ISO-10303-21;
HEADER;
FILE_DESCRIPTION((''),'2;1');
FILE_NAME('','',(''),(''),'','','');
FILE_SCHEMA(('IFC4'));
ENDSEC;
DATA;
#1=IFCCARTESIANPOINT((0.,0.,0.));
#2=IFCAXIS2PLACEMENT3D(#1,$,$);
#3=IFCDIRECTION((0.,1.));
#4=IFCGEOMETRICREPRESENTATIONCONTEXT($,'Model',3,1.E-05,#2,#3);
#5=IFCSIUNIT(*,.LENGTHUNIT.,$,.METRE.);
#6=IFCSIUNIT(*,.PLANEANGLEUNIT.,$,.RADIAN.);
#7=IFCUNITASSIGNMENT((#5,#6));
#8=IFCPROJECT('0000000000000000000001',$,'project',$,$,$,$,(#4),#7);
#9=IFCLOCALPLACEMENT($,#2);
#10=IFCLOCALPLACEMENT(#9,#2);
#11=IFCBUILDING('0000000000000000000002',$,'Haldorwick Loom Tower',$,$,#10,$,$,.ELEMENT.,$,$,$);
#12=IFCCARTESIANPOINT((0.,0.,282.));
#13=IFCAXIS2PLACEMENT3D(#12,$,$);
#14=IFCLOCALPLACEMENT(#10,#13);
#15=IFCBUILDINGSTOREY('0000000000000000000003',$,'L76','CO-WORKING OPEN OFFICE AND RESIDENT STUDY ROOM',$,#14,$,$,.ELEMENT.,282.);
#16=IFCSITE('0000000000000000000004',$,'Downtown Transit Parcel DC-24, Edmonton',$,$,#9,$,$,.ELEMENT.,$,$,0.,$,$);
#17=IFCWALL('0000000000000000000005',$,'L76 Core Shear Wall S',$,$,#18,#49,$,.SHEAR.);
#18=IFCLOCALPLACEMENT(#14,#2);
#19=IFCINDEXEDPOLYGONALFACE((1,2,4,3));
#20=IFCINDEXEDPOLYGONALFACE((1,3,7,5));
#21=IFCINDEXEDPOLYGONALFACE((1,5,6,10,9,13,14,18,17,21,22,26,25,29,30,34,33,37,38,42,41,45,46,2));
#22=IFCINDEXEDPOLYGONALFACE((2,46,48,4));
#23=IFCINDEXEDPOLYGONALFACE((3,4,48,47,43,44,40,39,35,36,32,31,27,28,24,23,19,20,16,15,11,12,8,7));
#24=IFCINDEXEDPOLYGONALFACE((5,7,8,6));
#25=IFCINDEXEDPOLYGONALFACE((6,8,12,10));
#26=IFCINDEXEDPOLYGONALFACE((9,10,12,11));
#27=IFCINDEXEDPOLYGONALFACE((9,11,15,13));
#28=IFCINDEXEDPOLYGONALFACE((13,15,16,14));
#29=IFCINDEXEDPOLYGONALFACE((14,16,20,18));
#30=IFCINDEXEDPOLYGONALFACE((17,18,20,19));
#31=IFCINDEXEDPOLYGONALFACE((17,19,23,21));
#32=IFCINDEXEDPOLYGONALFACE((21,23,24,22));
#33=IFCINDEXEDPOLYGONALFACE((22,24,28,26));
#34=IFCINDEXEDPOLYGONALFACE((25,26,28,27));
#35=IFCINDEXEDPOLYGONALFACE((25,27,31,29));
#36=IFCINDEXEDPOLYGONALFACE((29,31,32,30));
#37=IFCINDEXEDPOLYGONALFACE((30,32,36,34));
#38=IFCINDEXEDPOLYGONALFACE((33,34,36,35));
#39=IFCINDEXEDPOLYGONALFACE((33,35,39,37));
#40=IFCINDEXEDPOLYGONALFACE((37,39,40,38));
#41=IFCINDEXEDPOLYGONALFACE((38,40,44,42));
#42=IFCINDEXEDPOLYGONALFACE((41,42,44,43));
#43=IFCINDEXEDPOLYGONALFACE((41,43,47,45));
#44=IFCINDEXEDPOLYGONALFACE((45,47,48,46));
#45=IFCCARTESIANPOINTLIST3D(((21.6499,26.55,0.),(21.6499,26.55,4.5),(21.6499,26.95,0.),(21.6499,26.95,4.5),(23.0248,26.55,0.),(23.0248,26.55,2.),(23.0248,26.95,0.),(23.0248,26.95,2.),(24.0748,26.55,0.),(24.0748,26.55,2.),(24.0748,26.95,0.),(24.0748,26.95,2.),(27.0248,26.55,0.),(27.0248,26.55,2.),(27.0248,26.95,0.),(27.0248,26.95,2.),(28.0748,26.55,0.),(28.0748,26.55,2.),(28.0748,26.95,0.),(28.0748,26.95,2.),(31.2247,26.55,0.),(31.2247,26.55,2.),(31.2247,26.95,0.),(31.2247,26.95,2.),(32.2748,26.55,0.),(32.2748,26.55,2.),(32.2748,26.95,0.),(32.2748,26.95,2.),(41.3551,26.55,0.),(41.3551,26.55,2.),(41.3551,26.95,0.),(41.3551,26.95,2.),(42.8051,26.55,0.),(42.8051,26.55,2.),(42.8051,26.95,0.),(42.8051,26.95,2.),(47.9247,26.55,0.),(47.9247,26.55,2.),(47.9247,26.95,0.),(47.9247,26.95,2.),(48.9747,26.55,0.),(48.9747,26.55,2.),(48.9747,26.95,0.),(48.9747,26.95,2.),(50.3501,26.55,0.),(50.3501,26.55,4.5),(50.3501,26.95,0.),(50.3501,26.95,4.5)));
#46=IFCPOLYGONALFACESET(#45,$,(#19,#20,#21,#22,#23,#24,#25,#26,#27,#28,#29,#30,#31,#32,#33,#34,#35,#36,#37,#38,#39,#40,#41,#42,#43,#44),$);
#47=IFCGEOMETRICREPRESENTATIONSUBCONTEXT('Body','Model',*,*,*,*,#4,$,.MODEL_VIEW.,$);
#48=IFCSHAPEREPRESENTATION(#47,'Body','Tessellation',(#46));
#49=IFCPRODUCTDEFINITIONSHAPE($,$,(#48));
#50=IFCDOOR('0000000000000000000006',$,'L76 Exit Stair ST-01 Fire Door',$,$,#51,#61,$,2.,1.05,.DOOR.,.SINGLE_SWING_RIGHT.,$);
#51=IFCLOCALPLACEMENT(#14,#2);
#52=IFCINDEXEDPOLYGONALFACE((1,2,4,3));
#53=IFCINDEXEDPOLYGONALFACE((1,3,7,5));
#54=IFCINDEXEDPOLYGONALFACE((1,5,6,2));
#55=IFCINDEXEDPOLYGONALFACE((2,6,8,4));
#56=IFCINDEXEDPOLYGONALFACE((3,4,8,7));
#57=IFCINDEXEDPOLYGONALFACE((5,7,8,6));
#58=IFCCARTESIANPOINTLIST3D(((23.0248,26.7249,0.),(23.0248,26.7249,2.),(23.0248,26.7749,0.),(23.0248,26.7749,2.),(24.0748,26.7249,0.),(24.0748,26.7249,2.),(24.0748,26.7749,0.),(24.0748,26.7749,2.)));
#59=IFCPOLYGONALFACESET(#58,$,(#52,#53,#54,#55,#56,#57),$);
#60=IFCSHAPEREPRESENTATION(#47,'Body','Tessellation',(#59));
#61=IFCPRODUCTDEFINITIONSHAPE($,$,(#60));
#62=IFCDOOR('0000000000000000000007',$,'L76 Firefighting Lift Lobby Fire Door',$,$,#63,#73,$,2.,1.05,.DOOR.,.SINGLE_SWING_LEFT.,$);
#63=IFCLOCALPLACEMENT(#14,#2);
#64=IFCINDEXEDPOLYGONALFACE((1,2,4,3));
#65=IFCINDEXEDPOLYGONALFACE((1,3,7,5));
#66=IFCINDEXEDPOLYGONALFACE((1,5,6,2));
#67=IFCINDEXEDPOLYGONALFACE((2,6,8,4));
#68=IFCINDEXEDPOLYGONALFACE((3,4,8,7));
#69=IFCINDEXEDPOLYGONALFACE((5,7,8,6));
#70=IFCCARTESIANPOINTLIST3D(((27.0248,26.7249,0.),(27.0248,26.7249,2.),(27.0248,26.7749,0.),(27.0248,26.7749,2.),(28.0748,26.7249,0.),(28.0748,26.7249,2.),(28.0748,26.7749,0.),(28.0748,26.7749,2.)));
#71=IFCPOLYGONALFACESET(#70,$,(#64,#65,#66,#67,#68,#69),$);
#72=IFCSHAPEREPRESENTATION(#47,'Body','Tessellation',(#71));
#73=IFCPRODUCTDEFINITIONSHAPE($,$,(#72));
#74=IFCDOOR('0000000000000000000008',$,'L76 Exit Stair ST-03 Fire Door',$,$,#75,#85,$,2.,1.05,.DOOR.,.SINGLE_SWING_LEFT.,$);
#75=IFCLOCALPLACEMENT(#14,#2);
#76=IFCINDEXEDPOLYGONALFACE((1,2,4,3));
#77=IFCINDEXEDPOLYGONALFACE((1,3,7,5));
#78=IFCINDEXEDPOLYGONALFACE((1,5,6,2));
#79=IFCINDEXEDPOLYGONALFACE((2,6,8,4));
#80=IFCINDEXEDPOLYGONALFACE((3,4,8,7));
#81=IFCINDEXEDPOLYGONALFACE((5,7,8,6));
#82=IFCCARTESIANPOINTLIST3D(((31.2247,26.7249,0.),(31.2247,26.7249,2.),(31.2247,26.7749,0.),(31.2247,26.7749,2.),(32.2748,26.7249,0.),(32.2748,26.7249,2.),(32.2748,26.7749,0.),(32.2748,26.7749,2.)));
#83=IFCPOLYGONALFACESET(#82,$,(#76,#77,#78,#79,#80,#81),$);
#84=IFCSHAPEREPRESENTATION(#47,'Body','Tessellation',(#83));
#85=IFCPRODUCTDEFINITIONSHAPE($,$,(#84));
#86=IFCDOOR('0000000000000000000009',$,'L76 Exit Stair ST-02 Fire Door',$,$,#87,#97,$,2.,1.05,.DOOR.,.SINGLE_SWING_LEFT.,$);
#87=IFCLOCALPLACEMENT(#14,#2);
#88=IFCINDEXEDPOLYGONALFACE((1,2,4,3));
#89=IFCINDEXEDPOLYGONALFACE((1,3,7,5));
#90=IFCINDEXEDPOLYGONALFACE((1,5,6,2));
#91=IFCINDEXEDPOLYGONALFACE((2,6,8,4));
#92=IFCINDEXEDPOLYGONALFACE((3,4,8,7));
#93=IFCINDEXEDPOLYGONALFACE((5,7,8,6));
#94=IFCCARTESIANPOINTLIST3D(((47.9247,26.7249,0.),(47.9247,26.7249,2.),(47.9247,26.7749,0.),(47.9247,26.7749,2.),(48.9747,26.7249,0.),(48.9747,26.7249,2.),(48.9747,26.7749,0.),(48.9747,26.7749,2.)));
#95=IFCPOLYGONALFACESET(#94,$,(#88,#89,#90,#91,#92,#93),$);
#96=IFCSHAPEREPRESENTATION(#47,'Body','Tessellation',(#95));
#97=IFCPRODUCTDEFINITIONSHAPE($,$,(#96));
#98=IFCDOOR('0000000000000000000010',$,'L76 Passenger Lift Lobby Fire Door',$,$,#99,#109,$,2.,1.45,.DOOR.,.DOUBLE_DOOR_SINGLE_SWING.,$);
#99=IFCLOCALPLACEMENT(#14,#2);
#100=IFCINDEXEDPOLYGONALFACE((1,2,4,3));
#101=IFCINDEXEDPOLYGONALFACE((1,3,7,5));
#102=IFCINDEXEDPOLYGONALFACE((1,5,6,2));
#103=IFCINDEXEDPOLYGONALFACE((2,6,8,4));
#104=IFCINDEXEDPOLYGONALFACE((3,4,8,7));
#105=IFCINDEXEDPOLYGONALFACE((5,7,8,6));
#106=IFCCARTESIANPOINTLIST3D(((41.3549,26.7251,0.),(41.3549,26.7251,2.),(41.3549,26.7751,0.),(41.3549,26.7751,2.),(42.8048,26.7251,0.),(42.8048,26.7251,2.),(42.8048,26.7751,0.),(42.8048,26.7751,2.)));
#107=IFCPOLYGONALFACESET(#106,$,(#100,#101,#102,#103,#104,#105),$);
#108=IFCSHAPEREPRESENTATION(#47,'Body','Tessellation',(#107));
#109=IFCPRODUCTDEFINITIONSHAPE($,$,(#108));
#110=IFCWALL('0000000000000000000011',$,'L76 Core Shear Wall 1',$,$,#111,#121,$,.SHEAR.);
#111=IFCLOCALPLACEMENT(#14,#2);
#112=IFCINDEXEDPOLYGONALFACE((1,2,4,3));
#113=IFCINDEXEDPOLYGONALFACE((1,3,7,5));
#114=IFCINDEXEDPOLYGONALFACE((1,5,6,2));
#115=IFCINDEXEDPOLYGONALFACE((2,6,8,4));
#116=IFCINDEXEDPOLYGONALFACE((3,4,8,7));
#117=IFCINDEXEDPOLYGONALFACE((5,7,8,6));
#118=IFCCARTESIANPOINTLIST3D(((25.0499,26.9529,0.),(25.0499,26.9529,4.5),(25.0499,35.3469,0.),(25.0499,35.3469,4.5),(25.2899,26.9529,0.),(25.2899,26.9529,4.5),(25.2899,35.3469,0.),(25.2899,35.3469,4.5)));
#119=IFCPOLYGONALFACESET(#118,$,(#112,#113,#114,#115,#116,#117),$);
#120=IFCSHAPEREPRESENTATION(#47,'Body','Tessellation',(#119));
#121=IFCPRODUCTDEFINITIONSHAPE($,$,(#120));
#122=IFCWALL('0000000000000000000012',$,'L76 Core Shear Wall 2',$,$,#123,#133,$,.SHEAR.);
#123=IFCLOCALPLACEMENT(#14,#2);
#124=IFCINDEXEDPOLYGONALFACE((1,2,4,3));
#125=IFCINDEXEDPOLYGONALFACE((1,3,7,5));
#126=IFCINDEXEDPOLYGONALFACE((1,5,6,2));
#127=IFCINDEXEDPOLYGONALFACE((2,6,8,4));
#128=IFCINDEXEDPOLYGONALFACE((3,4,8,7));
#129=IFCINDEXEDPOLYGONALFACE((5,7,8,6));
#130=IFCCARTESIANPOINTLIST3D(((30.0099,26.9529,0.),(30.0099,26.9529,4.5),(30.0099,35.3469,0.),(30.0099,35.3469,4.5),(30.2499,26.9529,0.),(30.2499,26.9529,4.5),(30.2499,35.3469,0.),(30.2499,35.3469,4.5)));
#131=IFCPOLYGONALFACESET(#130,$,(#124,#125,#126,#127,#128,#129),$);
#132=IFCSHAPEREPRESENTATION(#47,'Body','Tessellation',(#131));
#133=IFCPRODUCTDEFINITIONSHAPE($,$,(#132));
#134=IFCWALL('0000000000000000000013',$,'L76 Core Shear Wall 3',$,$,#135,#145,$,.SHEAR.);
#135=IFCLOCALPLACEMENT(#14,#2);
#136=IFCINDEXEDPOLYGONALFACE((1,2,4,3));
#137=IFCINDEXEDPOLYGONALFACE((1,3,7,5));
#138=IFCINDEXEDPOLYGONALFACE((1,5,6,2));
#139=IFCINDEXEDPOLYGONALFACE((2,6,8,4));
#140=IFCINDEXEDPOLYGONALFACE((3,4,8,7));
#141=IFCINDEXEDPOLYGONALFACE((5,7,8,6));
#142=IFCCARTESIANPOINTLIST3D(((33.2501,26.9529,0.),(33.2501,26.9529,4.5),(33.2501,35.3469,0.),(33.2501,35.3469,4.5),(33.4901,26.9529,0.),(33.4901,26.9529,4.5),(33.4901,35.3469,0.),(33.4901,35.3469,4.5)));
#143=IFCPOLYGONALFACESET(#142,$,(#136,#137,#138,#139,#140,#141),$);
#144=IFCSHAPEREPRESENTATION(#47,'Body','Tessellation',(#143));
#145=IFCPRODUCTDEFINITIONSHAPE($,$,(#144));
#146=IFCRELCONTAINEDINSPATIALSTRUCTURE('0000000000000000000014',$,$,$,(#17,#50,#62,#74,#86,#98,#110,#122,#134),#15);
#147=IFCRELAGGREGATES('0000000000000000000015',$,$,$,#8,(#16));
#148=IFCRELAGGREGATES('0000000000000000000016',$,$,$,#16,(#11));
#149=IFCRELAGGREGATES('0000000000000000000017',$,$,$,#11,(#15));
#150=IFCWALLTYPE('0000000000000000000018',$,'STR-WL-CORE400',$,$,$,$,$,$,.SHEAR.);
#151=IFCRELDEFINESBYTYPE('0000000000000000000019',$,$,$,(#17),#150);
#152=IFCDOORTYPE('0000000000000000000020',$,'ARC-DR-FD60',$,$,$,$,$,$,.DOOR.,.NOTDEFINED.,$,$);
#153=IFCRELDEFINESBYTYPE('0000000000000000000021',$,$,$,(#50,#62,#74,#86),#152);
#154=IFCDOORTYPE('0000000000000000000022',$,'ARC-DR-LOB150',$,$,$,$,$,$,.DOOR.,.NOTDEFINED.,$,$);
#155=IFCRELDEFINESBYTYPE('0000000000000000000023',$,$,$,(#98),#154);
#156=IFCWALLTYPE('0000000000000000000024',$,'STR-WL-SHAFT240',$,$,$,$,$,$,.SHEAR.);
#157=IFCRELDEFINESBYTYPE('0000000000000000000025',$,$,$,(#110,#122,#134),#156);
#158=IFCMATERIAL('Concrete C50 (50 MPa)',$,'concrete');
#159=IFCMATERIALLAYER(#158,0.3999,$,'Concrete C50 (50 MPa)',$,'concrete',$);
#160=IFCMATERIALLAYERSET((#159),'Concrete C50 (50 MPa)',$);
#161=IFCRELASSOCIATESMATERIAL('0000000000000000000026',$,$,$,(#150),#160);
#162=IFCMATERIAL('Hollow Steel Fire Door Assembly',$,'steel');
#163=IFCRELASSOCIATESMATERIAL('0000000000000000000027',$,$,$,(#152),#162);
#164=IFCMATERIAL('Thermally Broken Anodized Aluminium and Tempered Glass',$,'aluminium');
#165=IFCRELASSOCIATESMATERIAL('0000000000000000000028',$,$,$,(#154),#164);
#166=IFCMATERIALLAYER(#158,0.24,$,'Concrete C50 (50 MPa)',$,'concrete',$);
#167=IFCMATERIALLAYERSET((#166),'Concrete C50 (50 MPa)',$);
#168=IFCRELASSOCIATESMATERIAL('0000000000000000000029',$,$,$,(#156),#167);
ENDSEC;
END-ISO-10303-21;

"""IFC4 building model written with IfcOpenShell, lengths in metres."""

from ifc_helpers import new_model, si_unit, direction, frame, frame_2d, origin, place, context, subcontext, project, spatial, rectangle, extrude, material, layer, layer_set, type_object, element, fill, save


model = new_model("IFC4")

# Units and contexts
model_context = context("Model", 3, precision=1e-05, world=origin(), true_north=direction((0.0, 1.0)))
body_context = subcontext(model_context, "Body", "Model", "MODEL_VIEW")
ifc_project = project(units=[si_unit("LENGTHUNIT", "METRE"), si_unit("PLANEANGLEUNIT", "RADIAN")], contexts=[model_context])

# Site, building, storey
site_placement = place(None, origin())
site = spatial("IfcSite", under=ifc_project, at=site_placement, Name="Downtown Transit Parcel DC-24, Edmonton", CompositionType="ELEMENT", RefElevation=0.0)
building_placement = place(site_placement, origin())
building = spatial("IfcBuilding", under=site, at=building_placement, Name="Haldorwick Loom Tower", CompositionType="ELEMENT")
storey_placement = place(building_placement, frame((0.0, 0.0, 282.0)))
storey = spatial("IfcBuildingStorey", under=building, at=storey_placement, Name="L76", Description="CO-WORKING OPEN OFFICE AND RESIDENT STUDY ROOM", CompositionType="ELEMENT", Elevation=282.0)

# Shared definitions
ifc_material_1 = material(Name="Concrete C50 (50 MPa)", Category="concrete")

# Shared definitions
ifc_material_2 = material(Name="Hollow Steel Fire Door Assembly", Category="steel")

# Wall, openings, doors
ifc_layer_1 = layer(ifc_material_1, 0.3999, Name="Concrete C50 (50 MPa)", Category="concrete")
ifc_layer_set_1 = layer_set([ifc_layer_1], Name="Concrete C50 (50 MPa)")
wall_type_1 = type_object("IfcWallType", Name="STR-WL-CORE400", PredefinedType="SHEAR", material=ifc_layer_set_1)
wall_1_placement = place(storey_placement, frame((21.6499, 26.75, 0.0), z_axis=(0.0, 0.0, 1.0), x_axis=(1.0, 0.0, 0.0)))
wall_1 = element("IfcWall", 1, at=wall_1_placement, inside=storey, type_object=wall_type_1, Name="L76 Core Shear Wall S", PredefinedType="SHEAR", context=body_context, shape_type="SweptSolid", body=[
    extrude(rectangle(XDim=28.7002, YDim=0.3999, at=frame_2d((14.3501, 0.0))), origin(), (0.0, 0.0, 1.0), 4.5),
])
opening_1_placement = place(wall_1_placement, frame((1.375, 0.0, 0.0)))
opening_1 = element("IfcOpeningElement", 2, at=opening_1_placement, cuts=wall_1, PredefinedType="OPENING", context=body_context, shape_type="SweptSolid", body=[
    extrude(rectangle(XDim=1.05, YDim=2.0, at=frame_2d((0.5249, 1.0))), frame((0.0, 0.21, 0.0), z_axis=(0.0, -1.0, 0.0), x_axis=(1.0, 0.0, 0.0)), (0.0, 0.0, 1.0), 0.4199),
])
opening_2_placement = place(wall_1_placement, frame((5.375, 0.0, 0.0)))
opening_2 = element("IfcOpeningElement", 3, at=opening_2_placement, cuts=wall_1, PredefinedType="OPENING", context=body_context, shape_type="SweptSolid", body=[
    extrude(rectangle(XDim=1.05, YDim=2.0, at=frame_2d((0.5249, 1.0))), frame((0.0, 0.21, 0.0), z_axis=(0.0, -1.0, 0.0), x_axis=(1.0, 0.0, 0.0)), (0.0, 0.0, 1.0), 0.4199),
])
opening_3_placement = place(wall_1_placement, frame((9.575, 0.0, 0.0)))
opening_3 = element("IfcOpeningElement", 4, at=opening_3_placement, cuts=wall_1, PredefinedType="OPENING", context=body_context, shape_type="SweptSolid", body=[
    extrude(rectangle(XDim=1.05, YDim=2.0, at=frame_2d((0.5249, 1.0))), frame((0.0, 0.21, 0.0), z_axis=(0.0, -1.0, 0.0), x_axis=(1.0, 0.0, 0.0)), (0.0, 0.0, 1.0), 0.4199),
])
opening_4_placement = place(wall_1_placement, frame((19.7051, 0.0, 0.0)))
opening_4 = element("IfcOpeningElement", 5, at=opening_4_placement, cuts=wall_1, PredefinedType="OPENING", context=body_context, shape_type="SweptSolid", body=[
    extrude(rectangle(XDim=1.45, YDim=2.0, at=frame_2d((0.7251, 1.0))), frame((0.0, 0.21, 0.0), z_axis=(0.0, -1.0, 0.0), x_axis=(1.0, 0.0, 0.0)), (0.0, 0.0, 1.0), 0.4199),
])
opening_5_placement = place(wall_1_placement, frame((26.2749, 0.0, 0.0)))
opening_5 = element("IfcOpeningElement", 6, at=opening_5_placement, cuts=wall_1, PredefinedType="OPENING", context=body_context, shape_type="SweptSolid", body=[
    extrude(rectangle(XDim=1.05, YDim=2.0, at=frame_2d((0.5249, 1.0))), frame((0.0, 0.21, 0.0), z_axis=(0.0, -1.0, 0.0), x_axis=(1.0, 0.0, 0.0)), (0.0, 0.0, 1.0), 0.4199),
])
door_type_1 = type_object("IfcDoorType", Name="ARC-DR-FD60", OperationType="NOTDEFINED", PredefinedType="DOOR", material=ifc_material_2)
door_1_placement = place(opening_1_placement, origin())
door_1 = element("IfcDoor", 7, at=door_1_placement, inside=storey, type_object=door_type_1, Name="L76 Exit Stair ST-01 Fire Door", OperationType="SINGLE_SWING_RIGHT", OverallHeight=2.0, OverallWidth=1.05, PredefinedType="DOOR", context=body_context, shape_type="SweptSolid", body=[
    extrude(rectangle(XDim=1.05, YDim=2.0, at=frame_2d((0.5249, 1.0))), frame((0.0, 0.0249, 0.0), z_axis=(0.0, -1.0, 0.0), x_axis=(1.0, 0.0, 0.0)), (0.0, 0.0, 1.0), 0.05),
])
fill(opening_1, door_1)
door_2_placement = place(opening_2_placement, origin())
door_2 = element("IfcDoor", 8, at=door_2_placement, inside=storey, type_object=door_type_1, Name="L76 Firefighting Lift Lobby Fire Door", OperationType="SINGLE_SWING_LEFT", OverallHeight=2.0, OverallWidth=1.05, PredefinedType="DOOR", context=body_context, shape_type="SweptSolid", body=[
    extrude(rectangle(XDim=1.05, YDim=2.0, at=frame_2d((0.5249, 1.0))), frame((0.0, 0.0249, 0.0), z_axis=(0.0, -1.0, 0.0), x_axis=(1.0, 0.0, 0.0)), (0.0, 0.0, 1.0), 0.05),
])
fill(opening_2, door_2)
door_3_placement = place(opening_3_placement, origin())
door_3 = element("IfcDoor", 9, at=door_3_placement, inside=storey, type_object=door_type_1, Name="L76 Exit Stair ST-03 Fire Door", OperationType="SINGLE_SWING_LEFT", OverallHeight=2.0, OverallWidth=1.05, PredefinedType="DOOR", context=body_context, shape_type="SweptSolid", body=[
    extrude(rectangle(XDim=1.05, YDim=2.0, at=frame_2d((0.5249, 1.0))), frame((0.0, 0.0249, 0.0), z_axis=(0.0, -1.0, 0.0), x_axis=(1.0, 0.0, 0.0)), (0.0, 0.0, 1.0), 0.05),
])
fill(opening_3, door_3)
door_4_placement = place(opening_5_placement, origin())
door_4 = element("IfcDoor", 10, at=door_4_placement, inside=storey, type_object=door_type_1, Name="L76 Exit Stair ST-02 Fire Door", OperationType="SINGLE_SWING_LEFT", OverallHeight=2.0, OverallWidth=1.05, PredefinedType="DOOR", context=body_context, shape_type="SweptSolid", body=[
    extrude(rectangle(XDim=1.05, YDim=2.0, at=frame_2d((0.5249, 1.0))), frame((0.0, 0.0249, 0.0), z_axis=(0.0, -1.0, 0.0), x_axis=(1.0, 0.0, 0.0)), (0.0, 0.0, 1.0), 0.05),
])
fill(opening_5, door_4)
ifc_material_3 = material(Name="Thermally Broken Anodized Aluminium and Tempered Glass", Category="aluminium")
door_type_2 = type_object("IfcDoorType", Name="ARC-DR-LOB150", OperationType="NOTDEFINED", PredefinedType="DOOR", material=ifc_material_3)
door_5_placement = place(opening_4_placement, frame((1.45, 0.0, 0.0), z_axis=(0.0, 0.0, 1.0), x_axis=(-1.0, 0.0, 0.0)))
door_5 = element("IfcDoor", 11, at=door_5_placement, inside=storey, type_object=door_type_2, Name="L76 Passenger Lift Lobby Fire Door", OperationType="DOUBLE_DOOR_SINGLE_SWING", OverallHeight=2.0, OverallWidth=1.45, PredefinedType="DOOR", context=body_context, shape_type="SweptSolid", body=[
    extrude(rectangle(XDim=1.45, YDim=2.0, at=frame_2d((0.7251, 1.0))), frame((0.0, 0.0249, 0.0), z_axis=(0.0, -1.0, 0.0), x_axis=(1.0, 0.0, 0.0)), (0.0, 0.0, 1.0), 0.05),
])
fill(opening_4, door_5)

# Walls
ifc_layer_2 = layer(ifc_material_1, 0.24, Name="Concrete C50 (50 MPa)", Category="concrete")
ifc_layer_set_2 = layer_set([ifc_layer_2], Name="Concrete C50 (50 MPa)")
wall_type_2 = type_object("IfcWallType", Name="STR-WL-SHAFT240", PredefinedType="SHEAR", material=ifc_layer_set_2)
for number, where, z_axis, x_axis, name in (
    (12, (25.1699, 26.9529, 0.0), (0.0, 0.0, 1.0), (0.0, 1.0, 0.0), "L76 Core Shear Wall 1"),
    (13, (30.1299, 26.9529, 0.0), (0.0, 0.0, 1.0), (0.0, 1.0, 0.0), "L76 Core Shear Wall 2"),
    (14, (33.3701, 26.9529, 0.0), (0.0, 0.0, 1.0), (0.0, 1.0, 0.0), "L76 Core Shear Wall 3"),
):
    element("IfcWall", number, at=place(storey_placement, frame(where, z_axis=z_axis, x_axis=x_axis)), inside=storey, type_object=wall_type_2, Name=name, PredefinedType="SHEAR", context=body_context, shape_type="SweptSolid", body=[
        extrude(rectangle(XDim=8.394, YDim=0.24, at=frame_2d((4.197, 0.0))), origin(), (0.0, 0.0, 1.0), 4.5),
    ])

save(model, "model.ifc")
